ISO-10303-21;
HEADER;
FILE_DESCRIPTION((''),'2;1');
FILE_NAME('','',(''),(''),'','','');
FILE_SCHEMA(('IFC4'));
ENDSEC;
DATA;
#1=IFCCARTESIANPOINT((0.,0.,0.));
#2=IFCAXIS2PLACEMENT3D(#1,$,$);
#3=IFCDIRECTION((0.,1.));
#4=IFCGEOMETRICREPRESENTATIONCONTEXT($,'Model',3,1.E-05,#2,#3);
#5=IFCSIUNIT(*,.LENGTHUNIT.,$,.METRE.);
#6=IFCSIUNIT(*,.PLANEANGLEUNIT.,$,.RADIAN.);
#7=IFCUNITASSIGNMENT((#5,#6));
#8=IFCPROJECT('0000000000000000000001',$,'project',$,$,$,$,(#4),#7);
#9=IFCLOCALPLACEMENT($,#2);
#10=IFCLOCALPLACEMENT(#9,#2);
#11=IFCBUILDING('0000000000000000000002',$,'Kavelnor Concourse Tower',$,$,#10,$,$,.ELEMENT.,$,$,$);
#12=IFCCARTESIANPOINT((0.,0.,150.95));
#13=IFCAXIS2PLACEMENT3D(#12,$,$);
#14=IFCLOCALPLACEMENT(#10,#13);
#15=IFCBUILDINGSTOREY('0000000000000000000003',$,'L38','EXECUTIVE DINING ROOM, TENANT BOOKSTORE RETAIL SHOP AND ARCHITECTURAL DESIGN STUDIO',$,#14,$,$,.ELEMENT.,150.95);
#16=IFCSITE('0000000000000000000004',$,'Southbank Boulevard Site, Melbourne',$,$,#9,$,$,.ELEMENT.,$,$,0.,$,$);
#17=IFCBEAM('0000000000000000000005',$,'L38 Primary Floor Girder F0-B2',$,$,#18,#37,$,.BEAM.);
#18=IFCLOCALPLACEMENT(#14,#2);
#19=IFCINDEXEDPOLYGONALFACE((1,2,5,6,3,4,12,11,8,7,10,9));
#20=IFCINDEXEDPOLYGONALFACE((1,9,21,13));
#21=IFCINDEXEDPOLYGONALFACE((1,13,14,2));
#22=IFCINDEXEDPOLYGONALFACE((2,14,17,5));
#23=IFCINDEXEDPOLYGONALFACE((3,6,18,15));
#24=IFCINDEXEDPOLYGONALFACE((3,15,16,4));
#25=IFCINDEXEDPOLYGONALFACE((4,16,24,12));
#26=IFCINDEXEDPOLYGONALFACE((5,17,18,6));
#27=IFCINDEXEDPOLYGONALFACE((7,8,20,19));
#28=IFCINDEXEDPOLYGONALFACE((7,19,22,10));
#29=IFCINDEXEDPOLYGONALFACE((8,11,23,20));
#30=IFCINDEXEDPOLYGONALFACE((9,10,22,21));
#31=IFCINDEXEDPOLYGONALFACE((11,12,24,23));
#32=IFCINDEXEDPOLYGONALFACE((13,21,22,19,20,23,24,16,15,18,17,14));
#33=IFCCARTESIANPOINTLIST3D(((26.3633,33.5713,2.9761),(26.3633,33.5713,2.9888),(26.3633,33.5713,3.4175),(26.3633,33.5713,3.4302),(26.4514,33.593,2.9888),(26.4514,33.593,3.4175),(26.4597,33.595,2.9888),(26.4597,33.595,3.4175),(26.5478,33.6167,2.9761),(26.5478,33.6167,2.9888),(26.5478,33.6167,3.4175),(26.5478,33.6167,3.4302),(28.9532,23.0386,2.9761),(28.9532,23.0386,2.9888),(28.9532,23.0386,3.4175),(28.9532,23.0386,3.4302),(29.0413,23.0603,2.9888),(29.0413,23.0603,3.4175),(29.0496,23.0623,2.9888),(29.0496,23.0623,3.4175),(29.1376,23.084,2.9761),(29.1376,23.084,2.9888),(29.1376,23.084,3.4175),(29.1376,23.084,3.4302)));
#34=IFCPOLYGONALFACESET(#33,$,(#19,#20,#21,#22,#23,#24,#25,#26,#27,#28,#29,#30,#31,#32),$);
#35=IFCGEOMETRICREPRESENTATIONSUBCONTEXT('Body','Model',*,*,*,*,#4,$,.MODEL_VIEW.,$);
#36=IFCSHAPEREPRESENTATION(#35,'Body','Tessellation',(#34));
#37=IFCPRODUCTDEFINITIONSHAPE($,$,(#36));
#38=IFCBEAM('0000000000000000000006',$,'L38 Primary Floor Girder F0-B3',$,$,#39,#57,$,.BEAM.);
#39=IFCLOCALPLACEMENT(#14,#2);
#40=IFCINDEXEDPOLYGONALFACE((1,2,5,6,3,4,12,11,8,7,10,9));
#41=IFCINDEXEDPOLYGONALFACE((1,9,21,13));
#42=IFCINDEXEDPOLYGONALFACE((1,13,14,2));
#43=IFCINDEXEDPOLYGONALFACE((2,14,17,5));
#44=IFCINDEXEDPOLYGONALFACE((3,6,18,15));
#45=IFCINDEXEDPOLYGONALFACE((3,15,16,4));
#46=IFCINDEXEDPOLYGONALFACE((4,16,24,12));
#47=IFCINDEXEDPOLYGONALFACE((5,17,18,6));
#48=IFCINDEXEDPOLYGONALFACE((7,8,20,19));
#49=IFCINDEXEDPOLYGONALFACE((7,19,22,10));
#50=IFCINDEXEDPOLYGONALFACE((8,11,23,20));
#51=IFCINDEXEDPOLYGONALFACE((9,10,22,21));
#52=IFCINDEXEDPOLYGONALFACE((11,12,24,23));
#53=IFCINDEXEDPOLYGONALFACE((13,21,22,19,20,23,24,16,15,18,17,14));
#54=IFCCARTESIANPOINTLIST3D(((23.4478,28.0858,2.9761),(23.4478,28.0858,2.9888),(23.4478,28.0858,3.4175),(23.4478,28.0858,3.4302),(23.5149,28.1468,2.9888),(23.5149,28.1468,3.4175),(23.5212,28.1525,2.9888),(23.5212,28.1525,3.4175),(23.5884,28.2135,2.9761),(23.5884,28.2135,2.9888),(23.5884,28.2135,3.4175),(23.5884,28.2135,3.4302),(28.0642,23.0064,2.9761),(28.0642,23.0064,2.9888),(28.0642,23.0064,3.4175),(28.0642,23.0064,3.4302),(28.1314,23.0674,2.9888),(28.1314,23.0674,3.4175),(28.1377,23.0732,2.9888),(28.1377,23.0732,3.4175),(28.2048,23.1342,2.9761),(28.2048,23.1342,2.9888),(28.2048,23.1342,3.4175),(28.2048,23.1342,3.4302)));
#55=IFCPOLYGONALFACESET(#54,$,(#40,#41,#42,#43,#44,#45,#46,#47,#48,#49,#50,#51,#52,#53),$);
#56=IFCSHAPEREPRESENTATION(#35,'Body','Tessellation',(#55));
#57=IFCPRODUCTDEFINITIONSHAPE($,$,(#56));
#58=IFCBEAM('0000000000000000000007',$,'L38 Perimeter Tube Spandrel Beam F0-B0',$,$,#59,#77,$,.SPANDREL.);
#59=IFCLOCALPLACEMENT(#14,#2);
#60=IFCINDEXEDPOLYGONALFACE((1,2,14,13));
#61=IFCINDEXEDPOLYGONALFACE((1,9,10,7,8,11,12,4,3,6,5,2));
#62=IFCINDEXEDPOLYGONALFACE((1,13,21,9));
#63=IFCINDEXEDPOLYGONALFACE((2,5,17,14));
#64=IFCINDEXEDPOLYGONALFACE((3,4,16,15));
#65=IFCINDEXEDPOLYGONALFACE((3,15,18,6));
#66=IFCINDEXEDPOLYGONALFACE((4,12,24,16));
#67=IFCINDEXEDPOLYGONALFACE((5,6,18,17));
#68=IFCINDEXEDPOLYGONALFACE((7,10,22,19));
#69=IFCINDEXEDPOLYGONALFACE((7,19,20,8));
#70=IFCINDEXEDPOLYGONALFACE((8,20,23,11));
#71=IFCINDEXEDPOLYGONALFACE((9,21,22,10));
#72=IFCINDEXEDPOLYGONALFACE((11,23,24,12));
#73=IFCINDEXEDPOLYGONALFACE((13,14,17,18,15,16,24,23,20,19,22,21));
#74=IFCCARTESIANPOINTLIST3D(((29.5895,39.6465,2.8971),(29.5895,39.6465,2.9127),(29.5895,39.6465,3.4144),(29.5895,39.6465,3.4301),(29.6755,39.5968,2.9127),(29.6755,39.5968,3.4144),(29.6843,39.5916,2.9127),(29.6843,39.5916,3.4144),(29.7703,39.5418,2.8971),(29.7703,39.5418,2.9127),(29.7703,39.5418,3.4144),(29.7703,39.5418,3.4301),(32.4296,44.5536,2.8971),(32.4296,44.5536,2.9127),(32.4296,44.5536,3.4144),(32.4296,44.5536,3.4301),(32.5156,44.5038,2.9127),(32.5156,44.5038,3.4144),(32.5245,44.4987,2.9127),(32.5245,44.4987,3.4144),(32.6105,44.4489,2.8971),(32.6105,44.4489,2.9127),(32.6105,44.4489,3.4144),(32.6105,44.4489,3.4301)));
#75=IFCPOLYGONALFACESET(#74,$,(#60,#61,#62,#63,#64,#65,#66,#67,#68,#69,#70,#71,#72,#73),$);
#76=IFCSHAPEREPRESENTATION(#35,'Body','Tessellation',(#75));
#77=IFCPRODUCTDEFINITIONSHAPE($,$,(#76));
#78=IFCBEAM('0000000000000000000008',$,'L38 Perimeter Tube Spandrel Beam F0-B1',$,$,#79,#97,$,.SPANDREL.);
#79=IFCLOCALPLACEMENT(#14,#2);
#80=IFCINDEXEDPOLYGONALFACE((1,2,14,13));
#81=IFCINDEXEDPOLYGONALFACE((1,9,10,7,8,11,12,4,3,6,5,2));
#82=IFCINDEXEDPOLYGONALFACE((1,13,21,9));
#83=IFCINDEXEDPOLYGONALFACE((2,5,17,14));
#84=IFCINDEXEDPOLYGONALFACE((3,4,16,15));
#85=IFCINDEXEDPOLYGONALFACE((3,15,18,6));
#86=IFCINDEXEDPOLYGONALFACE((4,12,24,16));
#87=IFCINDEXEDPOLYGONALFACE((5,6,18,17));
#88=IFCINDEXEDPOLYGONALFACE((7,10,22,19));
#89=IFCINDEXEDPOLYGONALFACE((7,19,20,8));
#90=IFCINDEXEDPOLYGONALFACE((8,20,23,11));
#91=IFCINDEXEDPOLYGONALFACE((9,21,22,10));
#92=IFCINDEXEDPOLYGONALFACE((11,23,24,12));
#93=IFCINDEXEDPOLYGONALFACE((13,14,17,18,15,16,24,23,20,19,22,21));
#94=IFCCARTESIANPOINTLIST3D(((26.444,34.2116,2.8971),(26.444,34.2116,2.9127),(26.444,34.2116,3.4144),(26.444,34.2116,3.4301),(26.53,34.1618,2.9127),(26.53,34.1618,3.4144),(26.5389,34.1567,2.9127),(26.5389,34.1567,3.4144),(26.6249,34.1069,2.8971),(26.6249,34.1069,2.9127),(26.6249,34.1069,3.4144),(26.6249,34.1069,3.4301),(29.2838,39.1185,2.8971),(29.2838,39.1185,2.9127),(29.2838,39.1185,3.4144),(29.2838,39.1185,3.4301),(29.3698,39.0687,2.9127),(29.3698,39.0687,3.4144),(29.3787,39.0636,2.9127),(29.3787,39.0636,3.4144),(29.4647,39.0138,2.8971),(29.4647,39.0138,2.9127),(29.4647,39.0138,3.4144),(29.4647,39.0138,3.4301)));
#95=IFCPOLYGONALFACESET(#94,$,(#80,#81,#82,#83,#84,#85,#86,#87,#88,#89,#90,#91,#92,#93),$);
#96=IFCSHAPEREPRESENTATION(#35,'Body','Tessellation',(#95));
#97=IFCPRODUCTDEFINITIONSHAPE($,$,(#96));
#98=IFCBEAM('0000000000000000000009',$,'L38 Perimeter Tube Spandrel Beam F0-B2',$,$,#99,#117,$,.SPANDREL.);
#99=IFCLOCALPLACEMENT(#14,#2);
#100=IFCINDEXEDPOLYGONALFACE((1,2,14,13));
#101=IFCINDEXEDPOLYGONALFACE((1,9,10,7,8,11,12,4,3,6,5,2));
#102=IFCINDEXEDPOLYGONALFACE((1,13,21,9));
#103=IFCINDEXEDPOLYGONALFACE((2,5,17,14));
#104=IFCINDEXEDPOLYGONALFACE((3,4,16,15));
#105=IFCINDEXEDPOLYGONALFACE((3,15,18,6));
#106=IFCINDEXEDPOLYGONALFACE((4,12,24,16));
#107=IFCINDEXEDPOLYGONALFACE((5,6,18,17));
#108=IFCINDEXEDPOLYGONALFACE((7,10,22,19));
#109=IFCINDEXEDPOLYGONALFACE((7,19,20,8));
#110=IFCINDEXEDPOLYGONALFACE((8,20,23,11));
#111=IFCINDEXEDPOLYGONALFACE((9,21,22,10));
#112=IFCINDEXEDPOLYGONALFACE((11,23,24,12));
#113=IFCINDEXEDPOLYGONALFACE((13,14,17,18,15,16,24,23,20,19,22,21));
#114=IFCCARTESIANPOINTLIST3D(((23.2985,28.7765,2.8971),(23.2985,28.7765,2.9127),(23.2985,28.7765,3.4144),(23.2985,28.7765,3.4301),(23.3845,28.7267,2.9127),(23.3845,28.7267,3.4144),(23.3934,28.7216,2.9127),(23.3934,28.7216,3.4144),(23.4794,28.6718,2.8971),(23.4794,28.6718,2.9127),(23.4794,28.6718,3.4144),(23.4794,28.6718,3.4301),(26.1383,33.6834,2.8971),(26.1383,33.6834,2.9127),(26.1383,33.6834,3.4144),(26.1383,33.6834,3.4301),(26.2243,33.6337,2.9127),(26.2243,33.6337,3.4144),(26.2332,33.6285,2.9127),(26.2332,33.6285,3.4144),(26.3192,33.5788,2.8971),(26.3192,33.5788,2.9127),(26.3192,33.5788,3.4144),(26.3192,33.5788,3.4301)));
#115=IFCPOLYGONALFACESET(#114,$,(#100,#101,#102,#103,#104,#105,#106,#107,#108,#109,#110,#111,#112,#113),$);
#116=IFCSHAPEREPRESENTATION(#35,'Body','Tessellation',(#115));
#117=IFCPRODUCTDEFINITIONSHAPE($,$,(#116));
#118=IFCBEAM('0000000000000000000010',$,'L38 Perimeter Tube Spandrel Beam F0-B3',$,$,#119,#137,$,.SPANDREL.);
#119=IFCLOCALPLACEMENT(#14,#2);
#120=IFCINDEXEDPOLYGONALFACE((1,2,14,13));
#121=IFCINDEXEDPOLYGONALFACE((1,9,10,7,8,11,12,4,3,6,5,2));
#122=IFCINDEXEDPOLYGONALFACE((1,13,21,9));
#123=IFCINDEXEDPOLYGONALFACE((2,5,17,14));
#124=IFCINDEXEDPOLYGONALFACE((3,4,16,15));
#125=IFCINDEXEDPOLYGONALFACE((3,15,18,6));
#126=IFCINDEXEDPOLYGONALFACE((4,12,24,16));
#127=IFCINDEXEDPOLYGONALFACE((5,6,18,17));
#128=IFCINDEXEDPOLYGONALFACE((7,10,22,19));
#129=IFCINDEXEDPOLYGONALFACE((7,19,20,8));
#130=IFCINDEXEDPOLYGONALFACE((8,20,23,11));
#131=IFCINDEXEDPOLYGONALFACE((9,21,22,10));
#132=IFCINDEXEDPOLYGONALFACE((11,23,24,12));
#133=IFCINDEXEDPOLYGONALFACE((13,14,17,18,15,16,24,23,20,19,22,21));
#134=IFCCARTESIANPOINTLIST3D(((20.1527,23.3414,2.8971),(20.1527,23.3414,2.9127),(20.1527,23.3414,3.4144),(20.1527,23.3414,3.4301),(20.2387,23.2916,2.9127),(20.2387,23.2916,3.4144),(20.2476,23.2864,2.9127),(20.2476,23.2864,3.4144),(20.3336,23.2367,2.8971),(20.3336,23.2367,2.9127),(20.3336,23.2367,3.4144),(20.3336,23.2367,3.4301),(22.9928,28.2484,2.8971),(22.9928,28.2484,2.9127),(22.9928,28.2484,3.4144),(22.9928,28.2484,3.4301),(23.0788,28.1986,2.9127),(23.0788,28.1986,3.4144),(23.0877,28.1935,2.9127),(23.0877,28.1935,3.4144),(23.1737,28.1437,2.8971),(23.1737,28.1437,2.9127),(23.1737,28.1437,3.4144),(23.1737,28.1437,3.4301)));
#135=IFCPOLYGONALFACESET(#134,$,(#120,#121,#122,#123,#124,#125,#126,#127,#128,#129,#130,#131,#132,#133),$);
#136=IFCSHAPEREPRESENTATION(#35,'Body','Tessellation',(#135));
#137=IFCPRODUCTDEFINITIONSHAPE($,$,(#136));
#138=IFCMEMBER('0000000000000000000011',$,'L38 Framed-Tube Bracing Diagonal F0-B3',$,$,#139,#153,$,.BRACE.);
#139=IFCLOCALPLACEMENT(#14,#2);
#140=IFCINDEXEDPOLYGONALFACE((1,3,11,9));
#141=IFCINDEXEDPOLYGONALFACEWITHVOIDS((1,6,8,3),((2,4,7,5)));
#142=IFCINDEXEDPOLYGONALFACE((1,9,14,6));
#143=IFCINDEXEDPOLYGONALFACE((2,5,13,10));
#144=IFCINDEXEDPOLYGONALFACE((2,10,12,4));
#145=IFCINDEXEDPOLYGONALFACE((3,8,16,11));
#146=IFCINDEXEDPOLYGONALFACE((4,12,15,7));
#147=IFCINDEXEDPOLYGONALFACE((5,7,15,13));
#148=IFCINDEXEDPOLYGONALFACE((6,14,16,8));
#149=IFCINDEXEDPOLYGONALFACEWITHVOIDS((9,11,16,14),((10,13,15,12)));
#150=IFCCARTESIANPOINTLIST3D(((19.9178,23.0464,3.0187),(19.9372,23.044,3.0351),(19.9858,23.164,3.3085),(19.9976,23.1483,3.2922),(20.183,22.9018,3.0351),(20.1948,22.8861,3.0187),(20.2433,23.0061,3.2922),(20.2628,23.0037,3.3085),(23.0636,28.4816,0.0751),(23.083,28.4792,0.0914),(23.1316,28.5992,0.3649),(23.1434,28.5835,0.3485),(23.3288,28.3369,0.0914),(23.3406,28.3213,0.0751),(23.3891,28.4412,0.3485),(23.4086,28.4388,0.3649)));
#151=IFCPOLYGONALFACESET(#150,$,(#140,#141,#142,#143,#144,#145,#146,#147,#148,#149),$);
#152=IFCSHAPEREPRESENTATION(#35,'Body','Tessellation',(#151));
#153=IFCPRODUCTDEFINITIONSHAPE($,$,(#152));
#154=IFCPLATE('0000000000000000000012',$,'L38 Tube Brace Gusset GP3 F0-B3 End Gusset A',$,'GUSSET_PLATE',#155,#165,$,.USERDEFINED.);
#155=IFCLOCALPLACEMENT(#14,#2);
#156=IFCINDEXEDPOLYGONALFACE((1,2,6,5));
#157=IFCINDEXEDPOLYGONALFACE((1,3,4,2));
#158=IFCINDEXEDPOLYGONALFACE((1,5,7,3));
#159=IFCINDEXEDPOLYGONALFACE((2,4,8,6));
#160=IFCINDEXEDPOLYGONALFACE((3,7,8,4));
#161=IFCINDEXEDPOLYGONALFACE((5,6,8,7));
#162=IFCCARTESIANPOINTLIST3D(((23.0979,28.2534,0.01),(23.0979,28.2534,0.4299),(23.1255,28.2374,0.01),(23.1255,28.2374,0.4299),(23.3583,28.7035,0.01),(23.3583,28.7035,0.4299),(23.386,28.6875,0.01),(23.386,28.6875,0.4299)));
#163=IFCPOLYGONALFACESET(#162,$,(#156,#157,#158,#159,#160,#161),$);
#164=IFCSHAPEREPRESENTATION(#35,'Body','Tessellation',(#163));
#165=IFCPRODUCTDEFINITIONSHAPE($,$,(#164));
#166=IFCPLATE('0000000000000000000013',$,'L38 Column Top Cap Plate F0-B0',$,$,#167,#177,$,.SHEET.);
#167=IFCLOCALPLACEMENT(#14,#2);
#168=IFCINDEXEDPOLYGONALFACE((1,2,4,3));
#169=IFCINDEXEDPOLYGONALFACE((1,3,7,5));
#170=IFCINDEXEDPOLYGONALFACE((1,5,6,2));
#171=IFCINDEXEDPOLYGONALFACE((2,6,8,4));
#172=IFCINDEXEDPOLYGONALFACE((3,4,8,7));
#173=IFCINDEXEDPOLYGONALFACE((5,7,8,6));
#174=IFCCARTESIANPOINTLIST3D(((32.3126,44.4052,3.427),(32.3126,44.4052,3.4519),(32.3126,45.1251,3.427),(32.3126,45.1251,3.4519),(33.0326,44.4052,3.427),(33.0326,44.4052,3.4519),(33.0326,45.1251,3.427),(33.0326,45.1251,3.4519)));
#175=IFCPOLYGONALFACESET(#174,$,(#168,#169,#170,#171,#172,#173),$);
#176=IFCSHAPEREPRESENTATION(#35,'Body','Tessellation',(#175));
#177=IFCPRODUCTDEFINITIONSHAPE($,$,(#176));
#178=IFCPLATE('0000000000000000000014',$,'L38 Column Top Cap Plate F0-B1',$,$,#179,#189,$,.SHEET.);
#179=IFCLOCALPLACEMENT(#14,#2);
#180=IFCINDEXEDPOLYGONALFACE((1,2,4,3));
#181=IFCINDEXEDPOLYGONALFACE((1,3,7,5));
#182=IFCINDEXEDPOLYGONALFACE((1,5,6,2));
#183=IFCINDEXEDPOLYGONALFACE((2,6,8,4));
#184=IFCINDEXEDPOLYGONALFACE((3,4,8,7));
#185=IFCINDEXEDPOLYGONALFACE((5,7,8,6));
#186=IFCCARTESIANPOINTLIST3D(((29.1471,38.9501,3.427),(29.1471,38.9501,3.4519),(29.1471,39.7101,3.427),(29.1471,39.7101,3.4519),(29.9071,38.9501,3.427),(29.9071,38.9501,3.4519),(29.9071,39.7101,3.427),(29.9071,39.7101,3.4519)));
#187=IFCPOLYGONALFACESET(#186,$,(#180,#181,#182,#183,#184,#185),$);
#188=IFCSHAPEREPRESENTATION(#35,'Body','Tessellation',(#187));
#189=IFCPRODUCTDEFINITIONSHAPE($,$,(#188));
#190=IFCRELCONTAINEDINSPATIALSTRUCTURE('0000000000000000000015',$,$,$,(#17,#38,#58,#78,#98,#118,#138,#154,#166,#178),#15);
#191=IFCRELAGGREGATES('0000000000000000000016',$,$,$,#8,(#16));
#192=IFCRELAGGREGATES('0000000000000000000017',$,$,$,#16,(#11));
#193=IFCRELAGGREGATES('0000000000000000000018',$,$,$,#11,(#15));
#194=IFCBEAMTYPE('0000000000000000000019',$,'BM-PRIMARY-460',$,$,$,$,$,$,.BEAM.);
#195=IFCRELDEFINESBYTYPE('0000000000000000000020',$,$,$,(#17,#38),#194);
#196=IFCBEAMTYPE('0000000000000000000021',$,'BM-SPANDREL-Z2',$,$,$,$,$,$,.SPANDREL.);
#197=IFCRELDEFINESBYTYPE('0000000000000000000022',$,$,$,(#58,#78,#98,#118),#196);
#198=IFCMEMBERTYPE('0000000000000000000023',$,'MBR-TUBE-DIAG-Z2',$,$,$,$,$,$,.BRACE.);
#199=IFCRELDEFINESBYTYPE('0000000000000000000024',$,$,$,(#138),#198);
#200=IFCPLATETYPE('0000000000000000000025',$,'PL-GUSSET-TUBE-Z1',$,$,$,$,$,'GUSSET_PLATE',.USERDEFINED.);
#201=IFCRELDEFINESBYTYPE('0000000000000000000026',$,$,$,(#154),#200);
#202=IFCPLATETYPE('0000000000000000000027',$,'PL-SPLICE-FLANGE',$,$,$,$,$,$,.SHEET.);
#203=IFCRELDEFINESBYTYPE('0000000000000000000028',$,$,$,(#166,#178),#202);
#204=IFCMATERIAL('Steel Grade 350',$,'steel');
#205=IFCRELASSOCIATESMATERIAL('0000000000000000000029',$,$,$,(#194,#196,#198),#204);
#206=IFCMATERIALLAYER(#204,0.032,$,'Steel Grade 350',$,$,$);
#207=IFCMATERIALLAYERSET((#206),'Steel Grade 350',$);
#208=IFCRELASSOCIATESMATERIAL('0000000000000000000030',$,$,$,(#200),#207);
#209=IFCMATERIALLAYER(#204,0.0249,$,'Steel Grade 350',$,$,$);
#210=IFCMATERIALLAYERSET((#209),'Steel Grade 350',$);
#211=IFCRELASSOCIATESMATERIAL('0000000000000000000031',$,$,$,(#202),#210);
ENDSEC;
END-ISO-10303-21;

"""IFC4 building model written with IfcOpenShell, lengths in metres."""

from ifc_helpers import new_model, si_unit, direction, frame, origin, origin_2d, place, context, subcontext, project, spatial, rectangle, hollow_rectangle, i_section, extrude, material, layer, layer_set, material_profile, profile_set, type_object, element, save


model = new_model("IFC4")

# Units and contexts
model_context = context("Model", 3, precision=1e-05, world=origin(), true_north=direction((0.0, 1.0)))
body_context = subcontext(model_context, "Body", "Model", "MODEL_VIEW")
ifc_project = project(units=[si_unit("LENGTHUNIT", "METRE"), si_unit("PLANEANGLEUNIT", "RADIAN")], contexts=[model_context])

# Site, building, storey
site_placement = place(None, origin())
site = spatial("IfcSite", under=ifc_project, at=site_placement, Name="Southbank Boulevard Site, Melbourne", CompositionType="ELEMENT", RefElevation=0.0)
building_placement = place(site_placement, origin())
building = spatial("IfcBuilding", under=site, at=building_placement, Name="Kavelnor Concourse Tower", CompositionType="ELEMENT")
storey_placement = place(building_placement, frame((0.0, 0.0, 150.95)))
storey = spatial("IfcBuildingStorey", under=building, at=storey_placement, Name="L38", Description="EXECUTIVE DINING ROOM, TENANT BOOKSTORE RETAIL SHOP AND ARCHITECTURAL DESIGN STUDIO", CompositionType="ELEMENT", Elevation=150.95)

# Shared definitions
ifc_material_1 = material(Name="Steel Grade 350", Category="steel")

# Beams
ifc_material_profile_1 = material_profile(ifc_material_1, i_section(OverallWidth=0.1899, OverallDepth=0.4541, WebThickness=0.0085, FlangeThickness=0.0127, at=origin_2d()), Name="460UB67")
ifc_profile_set_1 = profile_set([ifc_material_profile_1], Name="Steel Grade 350")
beam_type_1 = type_object("IfcBeamType", Name="BM-PRIMARY-460", PredefinedType="BEAM", material=ifc_profile_set_1)
beam_1_placement = place(storey_placement, frame((29.0454, 23.0613, 3.2031), z_axis=(-0.238774, 0.971075, 0.0), x_axis=(-0.971075, -0.238774, 0.0)))
element("IfcBeam", 1, at=beam_1_placement, inside=storey, type_object=beam_type_1, Name="L38 Primary Floor Girder F0-B2", PredefinedType="BEAM", context=body_context, shape_type="SweptSolid", body=[
    extrude(i_section(OverallWidth=0.1899, OverallDepth=0.4541, WebThickness=0.0085, FlangeThickness=0.0127, at=origin_2d()), origin(), (0.0, 0.0, 1.0), 10.8464),
])
beam_2_placement = place(storey_placement, frame((28.1345, 23.0703, 3.2031), z_axis=(-0.672582, 0.740022, 0.0), x_axis=(-0.740022, -0.672582, 0.0)))
element("IfcBeam", 2, at=beam_2_placement, inside=storey, type_object=beam_type_1, Name="L38 Primary Floor Girder F0-B3", PredefinedType="BEAM", context=body_context, shape_type="SweptSolid", body=[
    extrude(i_section(OverallWidth=0.1899, OverallDepth=0.4541, WebThickness=0.0085, FlangeThickness=0.0127, at=origin_2d()), origin(), (0.0, 0.0, 1.0), 6.8638),
])
ifc_material_profile_2 = material_profile(ifc_material_1, i_section(OverallWidth=0.209, OverallDepth=0.533, WebThickness=0.0103, FlangeThickness=0.0156, at=origin_2d()), Name="530UB92")
ifc_profile_set_2 = profile_set([ifc_material_profile_2], Name="Steel Grade 350")
beam_type_2 = type_object("IfcBeamType", Name="BM-SPANDREL-Z2", PredefinedType="SPANDREL", material=ifc_profile_set_2)
beam_3_placement = place(storey_placement, frame((32.52, 44.5012, 3.1636), z_axis=(-0.500931, -0.865487, 0.0), x_axis=(0.865487, -0.500931, 0.0)))
element("IfcBeam", 3, at=beam_3_placement, inside=storey, type_object=beam_type_2, Name="L38 Perimeter Tube Spandrel Beam F0-B0", PredefinedType="SPANDREL", context=body_context, shape_type="SweptSolid", body=[
    extrude(i_section(OverallWidth=0.209, OverallDepth=0.533, WebThickness=0.0103, FlangeThickness=0.0156, at=origin_2d()), origin(), (0.0, 0.0, 1.0), 5.6697),
])
for number, where, z_axis, x_axis, name in (
    (4, (29.3743, 39.0662, 3.1636), (-0.500899, -0.865506, 0.0), (0.865506, -0.500899, 0.0), "L38 Perimeter Tube Spandrel Beam F0-B1"),
    (5, (26.2288, 33.6311, 3.1636), (-0.500899, -0.865506, 0.0), (0.865506, -0.500899, 0.0), "L38 Perimeter Tube Spandrel Beam F0-B2"),
):
    element("IfcBeam", number, at=place(storey_placement, frame(where, z_axis=z_axis, x_axis=x_axis)), inside=storey, type_object=beam_type_2, Name=name, PredefinedType="SPANDREL", context=body_context, shape_type="SweptSolid", body=[
        extrude(i_section(OverallWidth=0.209, OverallDepth=0.533, WebThickness=0.0103, FlangeThickness=0.0156, at=origin_2d()), origin(), (0.0, 0.0, 1.0), 5.6694),
    ])
beam_4_placement = place(storey_placement, frame((23.0833, 28.196, 3.1636), z_axis=(-0.500931, -0.865487, 0.0), x_axis=(0.865487, -0.500931, 0.0)))
element("IfcBeam", 6, at=beam_4_placement, inside=storey, type_object=beam_type_2, Name="L38 Perimeter Tube Spandrel Beam F0-B3", PredefinedType="SPANDREL", context=body_context, shape_type="SweptSolid", body=[
    extrude(i_section(OverallWidth=0.209, OverallDepth=0.533, WebThickness=0.0103, FlangeThickness=0.0156, at=origin_2d()), origin(), (0.0, 0.0, 1.0), 5.6697),
])

# Member
ifc_material_profile_3 = material_profile(ifc_material_1, hollow_rectangle(XDim=0.3201, YDim=0.3201, WallThickness=0.0181, at=origin_2d()), Name="SHS 320x320x18")
ifc_profile_set_3 = profile_set([ifc_material_profile_3], Name="Steel Grade 350")
member_type = type_object("IfcMemberType", Name="MBR-TUBE-DIAG-Z2", PredefinedType="BRACE", material=ifc_profile_set_3)
member_placement = place(storey_placement, frame((23.2361, 28.4602, 0.22), z_axis=(-0.453576, -0.783664, 0.424429), x_axis=(0.865486, -0.500934, 0.0)))
element("IfcMember", 7, at=member_placement, inside=storey, type_object=member_type, Name="L38 Framed-Tube Bracing Diagonal F0-B3", PredefinedType="BRACE", context=body_context, shape_type="SweptSolid", body=[
    extrude(hollow_rectangle(XDim=0.3201, YDim=0.3201, WallThickness=0.0181, at=origin_2d()), origin(), (0.0, 0.0, 1.0), 6.9355),
])

# Plates
ifc_layer_1 = layer(ifc_material_1, 0.032, Name="Steel Grade 350")
ifc_layer_set_1 = layer_set([ifc_layer_1], Name="Steel Grade 350")
plate_type_1 = type_object("IfcPlateType", Name="PL-GUSSET-TUBE-Z1", ElementType="GUSSET_PLATE", PredefinedType="USERDEFINED", material=ifc_layer_set_1)
plate_1_placement = place(storey_placement, frame((23.2419, 28.4705, 0.01), z_axis=(0.0, 0.0, 1.0), x_axis=(-0.500907, -0.865501, 0.0)))
element("IfcPlate", 8, at=plate_1_placement, inside=storey, type_object=plate_type_1, Name="L38 Tube Brace Gusset GP3 F0-B3 End Gusset A", ObjectType="GUSSET_PLATE", PredefinedType="USERDEFINED", context=body_context, shape_type="SweptSolid", body=[
    extrude(rectangle(XDim=0.52, YDim=0.032, at=origin_2d()), origin(), (0.0, 0.0, 1.0), 0.4199),
])
ifc_layer_2 = layer(ifc_material_1, 0.0249, Name="Steel Grade 350")
ifc_layer_set_2 = layer_set([ifc_layer_2], Name="Steel Grade 350")
plate_type_2 = type_object("IfcPlateType", Name="PL-SPLICE-FLANGE", PredefinedType="SHEET", material=ifc_layer_set_2)
plate_2_placement = place(storey_placement, frame((32.6726, 44.7651, 3.427), z_axis=(0.0, 0.0, 1.0), x_axis=(1.0, 0.0, 0.0)))
element("IfcPlate", 9, at=plate_2_placement, inside=storey, type_object=plate_type_2, Name="L38 Column Top Cap Plate F0-B0", PredefinedType="SHEET", context=body_context, shape_type="SweptSolid", body=[
    extrude(rectangle(XDim=0.72, YDim=0.72, at=origin_2d()), origin(), (0.0, 0.0, 1.0), 0.0249),
])
for number, where, z_axis, x_axis, name in (
    (10, (29.5271, 39.3301, 3.427), (0.0, 0.0, 1.0), (1.0, 0.0, 0.0), "L38 Column Top Cap Plate F0-B1"),
):
    element("IfcPlate", number, at=place(storey_placement, frame(where, z_axis=z_axis, x_axis=x_axis)), inside=storey, type_object=plate_type_2, Name=name, PredefinedType="SHEET", context=body_context, shape_type="SweptSolid", body=[
        extrude(rectangle(XDim=0.76, YDim=0.76, at=origin_2d()), origin(), (0.0, 0.0, 1.0), 0.0249),
    ])

save(model, "model.ifc")
